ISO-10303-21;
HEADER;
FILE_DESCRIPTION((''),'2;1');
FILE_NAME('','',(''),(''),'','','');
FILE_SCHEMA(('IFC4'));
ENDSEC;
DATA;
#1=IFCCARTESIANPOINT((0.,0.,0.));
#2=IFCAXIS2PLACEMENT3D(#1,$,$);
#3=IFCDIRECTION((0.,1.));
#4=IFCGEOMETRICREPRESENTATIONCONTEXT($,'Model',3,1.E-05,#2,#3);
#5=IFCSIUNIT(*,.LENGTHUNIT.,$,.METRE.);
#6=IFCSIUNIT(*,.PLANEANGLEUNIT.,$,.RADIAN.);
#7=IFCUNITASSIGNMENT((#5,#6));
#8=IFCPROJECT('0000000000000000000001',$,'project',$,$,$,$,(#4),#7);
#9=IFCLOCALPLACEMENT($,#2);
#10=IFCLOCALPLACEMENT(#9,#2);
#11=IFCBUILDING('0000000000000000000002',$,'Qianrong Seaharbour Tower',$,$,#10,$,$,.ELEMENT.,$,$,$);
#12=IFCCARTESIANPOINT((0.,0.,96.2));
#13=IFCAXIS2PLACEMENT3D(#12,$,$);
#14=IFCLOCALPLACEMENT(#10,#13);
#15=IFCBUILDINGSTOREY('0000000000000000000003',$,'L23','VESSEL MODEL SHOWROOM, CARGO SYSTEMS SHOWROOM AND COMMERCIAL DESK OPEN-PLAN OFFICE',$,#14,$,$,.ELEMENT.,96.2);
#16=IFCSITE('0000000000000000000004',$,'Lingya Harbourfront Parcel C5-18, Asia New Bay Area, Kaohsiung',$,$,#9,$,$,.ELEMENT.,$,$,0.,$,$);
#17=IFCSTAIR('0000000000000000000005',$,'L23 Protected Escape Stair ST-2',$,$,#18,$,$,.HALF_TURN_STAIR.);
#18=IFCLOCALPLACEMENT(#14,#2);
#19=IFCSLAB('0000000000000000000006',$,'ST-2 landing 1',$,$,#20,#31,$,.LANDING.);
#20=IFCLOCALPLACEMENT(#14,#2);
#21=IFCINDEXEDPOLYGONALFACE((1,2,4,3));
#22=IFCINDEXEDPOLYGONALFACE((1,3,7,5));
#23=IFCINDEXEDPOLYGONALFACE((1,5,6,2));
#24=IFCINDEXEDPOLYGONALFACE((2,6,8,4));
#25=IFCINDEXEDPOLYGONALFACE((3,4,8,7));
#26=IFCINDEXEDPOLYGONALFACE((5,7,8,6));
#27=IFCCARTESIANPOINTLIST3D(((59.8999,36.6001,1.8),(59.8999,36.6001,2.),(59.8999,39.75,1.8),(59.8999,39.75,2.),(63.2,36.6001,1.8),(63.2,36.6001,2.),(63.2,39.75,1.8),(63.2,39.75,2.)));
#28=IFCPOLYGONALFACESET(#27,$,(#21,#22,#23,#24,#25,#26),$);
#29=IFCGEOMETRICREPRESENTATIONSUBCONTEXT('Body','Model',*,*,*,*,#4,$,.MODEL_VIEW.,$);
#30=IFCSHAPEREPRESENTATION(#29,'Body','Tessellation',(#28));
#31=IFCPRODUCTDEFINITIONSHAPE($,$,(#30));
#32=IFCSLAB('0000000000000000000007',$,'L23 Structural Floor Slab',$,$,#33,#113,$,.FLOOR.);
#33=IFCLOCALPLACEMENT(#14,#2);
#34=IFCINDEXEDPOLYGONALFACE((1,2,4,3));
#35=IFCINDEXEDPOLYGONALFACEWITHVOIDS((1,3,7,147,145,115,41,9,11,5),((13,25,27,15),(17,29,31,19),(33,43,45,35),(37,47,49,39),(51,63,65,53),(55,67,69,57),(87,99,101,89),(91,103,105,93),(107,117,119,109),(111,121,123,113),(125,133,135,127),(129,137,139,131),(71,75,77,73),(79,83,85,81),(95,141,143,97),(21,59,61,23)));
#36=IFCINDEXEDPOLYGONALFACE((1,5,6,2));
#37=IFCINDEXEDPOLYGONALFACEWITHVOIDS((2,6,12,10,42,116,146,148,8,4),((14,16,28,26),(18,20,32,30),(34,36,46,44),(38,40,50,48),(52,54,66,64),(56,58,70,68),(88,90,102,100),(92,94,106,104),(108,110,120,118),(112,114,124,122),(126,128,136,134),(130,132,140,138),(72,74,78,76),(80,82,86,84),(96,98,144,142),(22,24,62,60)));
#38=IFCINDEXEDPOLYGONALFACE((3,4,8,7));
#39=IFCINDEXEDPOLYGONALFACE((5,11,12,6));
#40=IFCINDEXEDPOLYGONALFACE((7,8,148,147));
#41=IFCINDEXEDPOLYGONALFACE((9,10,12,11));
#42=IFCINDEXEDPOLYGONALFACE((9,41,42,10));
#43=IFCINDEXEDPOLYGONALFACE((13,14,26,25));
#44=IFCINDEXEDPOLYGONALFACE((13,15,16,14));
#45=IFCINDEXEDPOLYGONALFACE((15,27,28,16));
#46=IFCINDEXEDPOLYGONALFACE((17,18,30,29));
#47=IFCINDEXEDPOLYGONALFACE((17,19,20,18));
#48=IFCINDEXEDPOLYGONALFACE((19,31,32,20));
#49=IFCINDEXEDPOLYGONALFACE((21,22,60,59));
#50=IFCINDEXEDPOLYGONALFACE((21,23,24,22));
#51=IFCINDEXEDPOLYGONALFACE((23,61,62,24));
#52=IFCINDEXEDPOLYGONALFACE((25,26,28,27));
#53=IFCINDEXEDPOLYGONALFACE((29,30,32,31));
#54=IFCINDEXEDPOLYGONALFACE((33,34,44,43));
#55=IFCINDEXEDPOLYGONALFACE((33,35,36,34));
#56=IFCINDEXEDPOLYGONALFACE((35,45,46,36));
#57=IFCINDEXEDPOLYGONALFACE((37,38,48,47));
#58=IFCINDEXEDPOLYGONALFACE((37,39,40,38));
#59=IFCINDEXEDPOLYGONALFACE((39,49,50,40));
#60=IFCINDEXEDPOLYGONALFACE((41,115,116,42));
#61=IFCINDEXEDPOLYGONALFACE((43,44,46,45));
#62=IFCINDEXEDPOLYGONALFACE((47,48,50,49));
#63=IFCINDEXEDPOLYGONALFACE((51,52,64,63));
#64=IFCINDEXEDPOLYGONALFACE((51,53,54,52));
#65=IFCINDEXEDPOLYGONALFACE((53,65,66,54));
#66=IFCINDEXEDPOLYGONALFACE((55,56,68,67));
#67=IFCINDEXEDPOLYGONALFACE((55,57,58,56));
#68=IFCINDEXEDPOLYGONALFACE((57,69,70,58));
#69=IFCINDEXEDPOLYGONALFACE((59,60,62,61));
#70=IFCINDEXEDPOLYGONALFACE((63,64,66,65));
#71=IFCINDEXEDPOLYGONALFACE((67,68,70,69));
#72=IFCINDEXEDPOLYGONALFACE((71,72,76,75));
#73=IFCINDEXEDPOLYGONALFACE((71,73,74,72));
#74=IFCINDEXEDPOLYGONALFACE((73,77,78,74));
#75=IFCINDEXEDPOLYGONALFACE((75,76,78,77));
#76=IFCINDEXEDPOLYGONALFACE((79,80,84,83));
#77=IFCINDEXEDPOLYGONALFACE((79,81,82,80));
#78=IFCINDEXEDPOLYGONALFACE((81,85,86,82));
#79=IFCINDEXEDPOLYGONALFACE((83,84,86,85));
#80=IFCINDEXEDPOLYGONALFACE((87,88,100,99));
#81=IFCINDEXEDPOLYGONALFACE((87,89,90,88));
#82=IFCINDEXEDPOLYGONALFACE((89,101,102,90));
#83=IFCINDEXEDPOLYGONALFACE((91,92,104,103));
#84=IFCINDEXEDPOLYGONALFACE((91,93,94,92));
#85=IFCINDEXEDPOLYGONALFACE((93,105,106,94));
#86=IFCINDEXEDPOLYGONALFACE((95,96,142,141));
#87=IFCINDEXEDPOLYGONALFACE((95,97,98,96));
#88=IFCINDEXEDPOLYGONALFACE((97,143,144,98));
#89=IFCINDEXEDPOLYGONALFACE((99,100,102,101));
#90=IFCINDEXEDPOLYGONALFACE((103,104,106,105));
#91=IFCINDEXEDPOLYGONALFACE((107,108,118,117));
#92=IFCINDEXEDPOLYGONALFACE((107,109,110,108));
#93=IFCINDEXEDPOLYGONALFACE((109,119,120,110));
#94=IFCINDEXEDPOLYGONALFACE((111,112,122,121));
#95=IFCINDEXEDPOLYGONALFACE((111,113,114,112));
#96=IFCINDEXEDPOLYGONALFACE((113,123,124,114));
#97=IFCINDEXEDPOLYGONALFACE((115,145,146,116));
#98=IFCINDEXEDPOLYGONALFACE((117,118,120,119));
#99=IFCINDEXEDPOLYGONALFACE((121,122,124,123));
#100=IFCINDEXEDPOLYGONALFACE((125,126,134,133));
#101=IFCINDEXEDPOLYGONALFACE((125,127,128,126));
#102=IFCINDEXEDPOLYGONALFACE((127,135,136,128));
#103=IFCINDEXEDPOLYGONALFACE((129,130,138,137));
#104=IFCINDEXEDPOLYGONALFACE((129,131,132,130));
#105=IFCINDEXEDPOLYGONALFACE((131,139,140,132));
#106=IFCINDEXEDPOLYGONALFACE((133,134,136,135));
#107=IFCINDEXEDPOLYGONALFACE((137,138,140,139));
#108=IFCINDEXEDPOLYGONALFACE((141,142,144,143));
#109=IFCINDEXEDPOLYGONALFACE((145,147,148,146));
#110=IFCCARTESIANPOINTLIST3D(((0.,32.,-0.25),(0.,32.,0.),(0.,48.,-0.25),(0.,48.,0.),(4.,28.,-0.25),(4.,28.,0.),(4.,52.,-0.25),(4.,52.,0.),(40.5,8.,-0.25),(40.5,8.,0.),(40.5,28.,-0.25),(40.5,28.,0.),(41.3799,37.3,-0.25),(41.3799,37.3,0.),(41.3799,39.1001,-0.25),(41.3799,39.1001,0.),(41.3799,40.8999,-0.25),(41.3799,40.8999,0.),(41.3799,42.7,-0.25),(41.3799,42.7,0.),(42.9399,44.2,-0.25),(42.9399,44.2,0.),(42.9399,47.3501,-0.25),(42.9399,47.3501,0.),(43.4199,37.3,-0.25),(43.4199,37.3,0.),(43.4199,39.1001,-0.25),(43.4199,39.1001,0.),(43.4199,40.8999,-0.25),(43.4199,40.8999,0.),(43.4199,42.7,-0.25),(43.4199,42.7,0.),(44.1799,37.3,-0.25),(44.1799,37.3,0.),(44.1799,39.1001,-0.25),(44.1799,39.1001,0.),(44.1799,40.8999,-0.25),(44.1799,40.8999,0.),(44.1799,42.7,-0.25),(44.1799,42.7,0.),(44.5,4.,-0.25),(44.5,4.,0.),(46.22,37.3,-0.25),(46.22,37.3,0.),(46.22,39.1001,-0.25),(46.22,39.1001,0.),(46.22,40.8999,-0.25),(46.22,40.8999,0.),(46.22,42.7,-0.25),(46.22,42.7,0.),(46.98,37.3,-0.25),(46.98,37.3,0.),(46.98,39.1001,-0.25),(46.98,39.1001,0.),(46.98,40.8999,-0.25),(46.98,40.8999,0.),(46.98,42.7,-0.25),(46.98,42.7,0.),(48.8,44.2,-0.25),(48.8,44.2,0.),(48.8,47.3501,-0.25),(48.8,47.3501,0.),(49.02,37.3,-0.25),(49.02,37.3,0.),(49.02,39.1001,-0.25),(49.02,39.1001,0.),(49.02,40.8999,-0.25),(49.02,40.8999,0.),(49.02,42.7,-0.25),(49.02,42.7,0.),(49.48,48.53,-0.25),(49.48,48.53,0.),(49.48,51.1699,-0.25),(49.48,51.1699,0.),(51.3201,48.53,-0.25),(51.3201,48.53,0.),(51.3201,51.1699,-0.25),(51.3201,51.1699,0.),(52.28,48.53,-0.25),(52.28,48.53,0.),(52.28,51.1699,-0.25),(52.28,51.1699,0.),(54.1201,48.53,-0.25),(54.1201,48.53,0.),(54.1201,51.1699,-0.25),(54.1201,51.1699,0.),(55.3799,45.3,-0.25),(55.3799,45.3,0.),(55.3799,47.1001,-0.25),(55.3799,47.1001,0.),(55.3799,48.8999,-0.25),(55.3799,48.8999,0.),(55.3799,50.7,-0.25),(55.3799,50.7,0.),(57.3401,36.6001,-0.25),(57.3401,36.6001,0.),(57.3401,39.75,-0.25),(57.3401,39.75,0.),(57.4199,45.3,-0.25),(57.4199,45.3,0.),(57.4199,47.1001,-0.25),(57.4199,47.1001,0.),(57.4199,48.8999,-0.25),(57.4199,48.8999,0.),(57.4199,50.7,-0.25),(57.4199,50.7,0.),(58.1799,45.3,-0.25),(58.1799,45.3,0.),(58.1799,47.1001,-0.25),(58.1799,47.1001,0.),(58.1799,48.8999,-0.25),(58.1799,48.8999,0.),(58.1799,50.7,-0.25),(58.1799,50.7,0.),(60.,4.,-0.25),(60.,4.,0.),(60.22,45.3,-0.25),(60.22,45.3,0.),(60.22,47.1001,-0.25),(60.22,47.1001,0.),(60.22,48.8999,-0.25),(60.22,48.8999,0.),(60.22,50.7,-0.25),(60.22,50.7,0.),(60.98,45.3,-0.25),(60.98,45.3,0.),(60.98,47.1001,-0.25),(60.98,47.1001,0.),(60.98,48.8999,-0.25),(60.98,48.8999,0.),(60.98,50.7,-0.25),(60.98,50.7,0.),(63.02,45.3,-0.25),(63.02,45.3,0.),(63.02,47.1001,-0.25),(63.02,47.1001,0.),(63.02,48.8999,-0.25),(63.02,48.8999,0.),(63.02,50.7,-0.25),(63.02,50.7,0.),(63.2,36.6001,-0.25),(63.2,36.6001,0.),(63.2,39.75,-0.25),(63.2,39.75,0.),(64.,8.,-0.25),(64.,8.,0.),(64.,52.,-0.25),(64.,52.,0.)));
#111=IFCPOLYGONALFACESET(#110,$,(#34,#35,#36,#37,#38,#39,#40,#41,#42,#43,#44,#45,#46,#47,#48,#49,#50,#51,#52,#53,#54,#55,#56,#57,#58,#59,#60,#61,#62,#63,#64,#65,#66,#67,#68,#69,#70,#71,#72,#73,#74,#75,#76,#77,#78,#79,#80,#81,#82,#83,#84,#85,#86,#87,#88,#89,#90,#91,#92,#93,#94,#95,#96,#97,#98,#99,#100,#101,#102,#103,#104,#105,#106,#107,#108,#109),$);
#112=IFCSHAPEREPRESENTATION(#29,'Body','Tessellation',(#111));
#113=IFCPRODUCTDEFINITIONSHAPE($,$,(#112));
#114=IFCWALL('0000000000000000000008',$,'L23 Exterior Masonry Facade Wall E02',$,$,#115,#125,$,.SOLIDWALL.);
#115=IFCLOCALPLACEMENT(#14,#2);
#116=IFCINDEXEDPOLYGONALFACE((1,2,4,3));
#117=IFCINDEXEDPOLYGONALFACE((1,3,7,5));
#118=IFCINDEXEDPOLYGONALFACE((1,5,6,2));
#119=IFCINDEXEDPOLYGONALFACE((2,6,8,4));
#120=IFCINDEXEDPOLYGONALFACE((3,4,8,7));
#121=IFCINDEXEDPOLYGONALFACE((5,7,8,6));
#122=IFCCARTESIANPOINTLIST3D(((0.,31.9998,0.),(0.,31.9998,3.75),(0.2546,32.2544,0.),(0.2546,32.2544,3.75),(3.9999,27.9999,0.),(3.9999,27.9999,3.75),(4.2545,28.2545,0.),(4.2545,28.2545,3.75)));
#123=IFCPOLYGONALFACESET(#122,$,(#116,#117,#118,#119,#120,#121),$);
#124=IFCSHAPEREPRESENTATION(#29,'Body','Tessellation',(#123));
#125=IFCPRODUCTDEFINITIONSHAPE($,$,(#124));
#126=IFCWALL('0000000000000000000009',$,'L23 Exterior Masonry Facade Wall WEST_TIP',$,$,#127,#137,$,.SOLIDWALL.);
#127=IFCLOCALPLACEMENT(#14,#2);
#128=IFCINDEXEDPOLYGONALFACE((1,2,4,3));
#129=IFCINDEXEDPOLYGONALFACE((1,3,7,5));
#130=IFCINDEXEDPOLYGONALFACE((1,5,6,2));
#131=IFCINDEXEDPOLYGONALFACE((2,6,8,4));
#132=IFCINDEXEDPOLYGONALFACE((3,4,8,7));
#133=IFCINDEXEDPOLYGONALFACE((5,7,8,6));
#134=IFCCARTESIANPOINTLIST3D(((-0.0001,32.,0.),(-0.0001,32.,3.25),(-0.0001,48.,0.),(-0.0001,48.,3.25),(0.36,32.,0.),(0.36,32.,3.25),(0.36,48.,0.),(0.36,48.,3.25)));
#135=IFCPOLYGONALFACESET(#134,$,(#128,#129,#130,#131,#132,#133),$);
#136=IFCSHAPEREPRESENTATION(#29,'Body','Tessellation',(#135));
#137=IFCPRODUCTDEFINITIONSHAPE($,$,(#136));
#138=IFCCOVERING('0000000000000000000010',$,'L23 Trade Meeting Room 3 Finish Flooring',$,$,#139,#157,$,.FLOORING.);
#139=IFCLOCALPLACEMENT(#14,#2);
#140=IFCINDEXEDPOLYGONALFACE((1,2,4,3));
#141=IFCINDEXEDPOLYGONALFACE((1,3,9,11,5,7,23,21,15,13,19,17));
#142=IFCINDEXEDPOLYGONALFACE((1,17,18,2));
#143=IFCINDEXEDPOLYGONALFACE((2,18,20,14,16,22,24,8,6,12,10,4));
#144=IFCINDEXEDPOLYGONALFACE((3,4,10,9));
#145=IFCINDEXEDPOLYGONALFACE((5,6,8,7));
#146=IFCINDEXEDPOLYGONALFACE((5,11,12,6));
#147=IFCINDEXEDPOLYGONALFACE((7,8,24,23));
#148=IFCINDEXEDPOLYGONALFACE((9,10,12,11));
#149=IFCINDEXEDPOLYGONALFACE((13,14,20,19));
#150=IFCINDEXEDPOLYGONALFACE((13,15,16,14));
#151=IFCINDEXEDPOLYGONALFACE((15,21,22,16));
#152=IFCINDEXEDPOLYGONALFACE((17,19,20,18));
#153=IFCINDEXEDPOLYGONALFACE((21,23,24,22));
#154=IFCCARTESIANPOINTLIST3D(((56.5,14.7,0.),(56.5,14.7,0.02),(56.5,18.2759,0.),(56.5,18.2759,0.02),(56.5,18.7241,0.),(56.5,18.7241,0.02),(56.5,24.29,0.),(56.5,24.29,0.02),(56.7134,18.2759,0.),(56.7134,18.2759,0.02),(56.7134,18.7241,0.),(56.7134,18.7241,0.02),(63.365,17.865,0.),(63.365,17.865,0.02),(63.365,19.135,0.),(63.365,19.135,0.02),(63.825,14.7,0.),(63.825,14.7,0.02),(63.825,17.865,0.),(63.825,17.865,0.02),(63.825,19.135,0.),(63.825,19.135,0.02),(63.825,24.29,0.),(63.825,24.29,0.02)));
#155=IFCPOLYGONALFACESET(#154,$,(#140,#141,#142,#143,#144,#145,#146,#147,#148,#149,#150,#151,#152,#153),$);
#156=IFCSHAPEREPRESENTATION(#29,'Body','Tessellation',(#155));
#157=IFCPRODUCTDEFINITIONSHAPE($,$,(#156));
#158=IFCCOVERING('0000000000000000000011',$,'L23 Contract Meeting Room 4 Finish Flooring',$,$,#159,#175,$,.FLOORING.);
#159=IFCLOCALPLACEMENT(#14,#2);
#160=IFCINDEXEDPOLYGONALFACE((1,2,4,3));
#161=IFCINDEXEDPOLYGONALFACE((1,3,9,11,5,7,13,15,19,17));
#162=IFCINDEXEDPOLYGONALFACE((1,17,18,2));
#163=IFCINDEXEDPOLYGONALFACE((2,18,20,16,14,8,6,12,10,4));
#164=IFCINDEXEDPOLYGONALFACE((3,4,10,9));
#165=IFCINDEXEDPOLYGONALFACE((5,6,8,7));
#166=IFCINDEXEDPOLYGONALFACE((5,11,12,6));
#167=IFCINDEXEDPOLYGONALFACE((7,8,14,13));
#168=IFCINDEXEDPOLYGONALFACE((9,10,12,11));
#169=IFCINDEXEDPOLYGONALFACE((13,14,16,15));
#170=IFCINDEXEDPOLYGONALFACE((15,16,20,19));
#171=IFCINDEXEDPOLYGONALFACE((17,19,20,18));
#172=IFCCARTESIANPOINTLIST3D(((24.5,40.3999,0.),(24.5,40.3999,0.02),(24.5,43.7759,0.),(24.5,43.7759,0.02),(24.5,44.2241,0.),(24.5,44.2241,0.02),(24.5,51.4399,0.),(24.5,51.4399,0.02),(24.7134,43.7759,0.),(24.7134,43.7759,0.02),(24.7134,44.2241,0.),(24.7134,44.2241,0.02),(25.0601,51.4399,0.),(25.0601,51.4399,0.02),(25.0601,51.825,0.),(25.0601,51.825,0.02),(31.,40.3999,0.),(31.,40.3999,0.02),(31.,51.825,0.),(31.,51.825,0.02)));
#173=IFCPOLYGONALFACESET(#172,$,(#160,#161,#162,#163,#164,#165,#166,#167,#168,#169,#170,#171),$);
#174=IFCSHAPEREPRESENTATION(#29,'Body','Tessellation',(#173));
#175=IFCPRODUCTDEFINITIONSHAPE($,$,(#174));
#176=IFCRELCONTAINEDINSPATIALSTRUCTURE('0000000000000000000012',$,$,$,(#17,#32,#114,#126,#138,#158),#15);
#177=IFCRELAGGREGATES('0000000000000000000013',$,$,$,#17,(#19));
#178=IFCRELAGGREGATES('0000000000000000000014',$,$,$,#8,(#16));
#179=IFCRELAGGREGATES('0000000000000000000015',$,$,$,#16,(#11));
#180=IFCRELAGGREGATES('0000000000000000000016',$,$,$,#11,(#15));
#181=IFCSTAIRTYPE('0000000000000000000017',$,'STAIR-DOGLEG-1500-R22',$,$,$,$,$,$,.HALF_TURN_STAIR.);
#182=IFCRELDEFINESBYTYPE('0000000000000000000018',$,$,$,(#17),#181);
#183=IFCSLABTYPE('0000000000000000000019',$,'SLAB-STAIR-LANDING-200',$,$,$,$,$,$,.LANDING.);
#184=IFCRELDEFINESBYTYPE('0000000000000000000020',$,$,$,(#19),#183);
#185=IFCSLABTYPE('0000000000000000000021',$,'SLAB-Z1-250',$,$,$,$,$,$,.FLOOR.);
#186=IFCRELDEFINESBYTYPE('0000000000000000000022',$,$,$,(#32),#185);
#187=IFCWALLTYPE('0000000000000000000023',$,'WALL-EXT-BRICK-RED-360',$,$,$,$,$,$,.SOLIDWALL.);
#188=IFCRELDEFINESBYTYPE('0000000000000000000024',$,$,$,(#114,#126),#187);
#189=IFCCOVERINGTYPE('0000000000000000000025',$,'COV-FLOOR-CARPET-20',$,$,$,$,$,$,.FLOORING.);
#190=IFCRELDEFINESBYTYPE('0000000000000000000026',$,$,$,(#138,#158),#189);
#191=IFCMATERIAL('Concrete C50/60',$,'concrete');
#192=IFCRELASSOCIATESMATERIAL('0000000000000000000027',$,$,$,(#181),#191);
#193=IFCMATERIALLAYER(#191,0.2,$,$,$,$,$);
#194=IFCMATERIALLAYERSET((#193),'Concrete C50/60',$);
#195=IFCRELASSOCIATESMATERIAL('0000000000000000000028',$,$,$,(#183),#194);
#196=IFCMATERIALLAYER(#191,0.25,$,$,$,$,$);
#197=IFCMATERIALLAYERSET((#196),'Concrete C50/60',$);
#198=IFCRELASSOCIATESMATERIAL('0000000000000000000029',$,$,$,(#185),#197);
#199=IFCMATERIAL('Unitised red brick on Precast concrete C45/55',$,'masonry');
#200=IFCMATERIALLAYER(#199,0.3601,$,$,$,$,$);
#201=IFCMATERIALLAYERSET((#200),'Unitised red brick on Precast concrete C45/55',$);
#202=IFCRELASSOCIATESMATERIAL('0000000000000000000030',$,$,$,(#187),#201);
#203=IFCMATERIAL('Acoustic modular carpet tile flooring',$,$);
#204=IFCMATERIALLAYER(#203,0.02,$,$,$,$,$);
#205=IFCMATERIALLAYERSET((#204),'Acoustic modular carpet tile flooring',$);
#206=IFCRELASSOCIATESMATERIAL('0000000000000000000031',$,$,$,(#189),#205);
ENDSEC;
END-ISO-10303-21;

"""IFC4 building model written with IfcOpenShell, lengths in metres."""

from ifc_helpers import new_model, si_unit, direction, frame, frame_2d, origin, place, context, subcontext, project, spatial, polyline, rectangle, outline, extrude, material, layer, layer_set, type_object, element, aggregate, save


model = new_model("IFC4")

# Units and contexts
model_context = context("Model", 3, precision=1e-05, world=origin(), true_north=direction((0.0, 1.0)))
body_context = subcontext(model_context, "Body", "Model", "MODEL_VIEW")
ifc_project = project(units=[si_unit("LENGTHUNIT", "METRE"), si_unit("PLANEANGLEUNIT", "RADIAN")], contexts=[model_context])

# Site, building, storey
site_placement = place(None, origin())
site = spatial("IfcSite", under=ifc_project, at=site_placement, Name="Lingya Harbourfront Parcel C5-18, Asia New Bay Area, Kaohsiung", CompositionType="ELEMENT", RefElevation=0.0)
building_placement = place(site_placement, origin())
building = spatial("IfcBuilding", under=site, at=building_placement, Name="Qianrong Seaharbour Tower", CompositionType="ELEMENT")
storey_placement = place(building_placement, frame((0.0, 0.0, 96.2)))
storey = spatial("IfcBuildingStorey", under=building, at=storey_placement, Name="L23", Description="VESSEL MODEL SHOWROOM, CARGO SYSTEMS SHOWROOM AND COMMERCIAL DESK OPEN-PLAN OFFICE", CompositionType="ELEMENT", Elevation=96.2)

# Stair, slab
ifc_material_1 = material(Name="Concrete C50/60", Category="concrete")
stair_type = type_object("IfcStairType", Name="STAIR-DOGLEG-1500-R22", PredefinedType="HALF_TURN_STAIR", material=ifc_material_1)
ifc_layer_1 = layer(ifc_material_1, 0.2)
ifc_layer_set_1 = layer_set([ifc_layer_1], Name="Concrete C50/60")
slab_type_1 = type_object("IfcSlabType", Name="SLAB-STAIR-LANDING-200", PredefinedType="LANDING", material=ifc_layer_set_1)
stair_1_placement = place(storey_placement, origin())
stair_1 = element("IfcStair", 1, at=stair_1_placement, inside=storey, type_object=stair_type, Name="L23 Protected Escape Stair ST-2", PredefinedType="HALF_TURN_STAIR")
slab_1_placement = place(storey_placement, frame((0.0, 0.0, 1.8)))
slab_1 = element("IfcSlab", 2, at=slab_1_placement, type_object=slab_type_1, Name="ST-2 landing 1", PredefinedType="LANDING", context=body_context, shape_type="SweptSolid", body=[
    extrude(outline(polyline([(59.8999, 36.6001), (63.2, 36.6001), (63.2, 39.75), (59.8999, 39.75), (59.8999, 36.6001)])), origin(), (0.0, 0.0, 1.0), 0.2),
])
aggregate(stair_1, [slab_1])

# Slab
ifc_layer_2 = layer(ifc_material_1, 0.25)
ifc_layer_set_2 = layer_set([ifc_layer_2], Name="Concrete C50/60")
slab_type_2 = type_object("IfcSlabType", Name="SLAB-Z1-250", PredefinedType="FLOOR", material=ifc_layer_set_2)
slab_2_placement = place(storey_placement, frame((0.0, 0.0, -0.25)))
element("IfcSlab", 3, at=slab_2_placement, inside=storey, type_object=slab_type_2, Name="L23 Structural Floor Slab", PredefinedType="FLOOR", context=body_context, shape_type="SweptSolid", body=[
    extrude(outline(polyline([(44.5, 4.0), (60.0, 4.0), (64.0, 8.0), (64.0, 52.0), (4.0, 52.0), (0.0, 48.0), (0.0, 32.0), (4.0, 28.0), (40.5, 28.0), (40.5, 8.0), (44.5, 4.0)]), holes=[polyline([(42.9399, 44.2), (42.9399, 47.3501), (48.8, 47.3501), (48.8, 44.2), (42.9399, 44.2)]), polyline([(57.3401, 36.6001), (57.3401, 39.75), (63.2, 39.75), (63.2, 36.6001), (57.3401, 36.6001)]), polyline([(49.48, 48.53), (49.48, 51.1699), (51.3201, 51.1699), (51.3201, 48.53), (49.48, 48.53)]), polyline([(52.28, 48.53), (52.28, 51.1699), (54.1201, 51.1699), (54.1201, 48.53), (52.28, 48.53)]), polyline([(41.3799, 37.3), (41.3799, 39.1001), (43.4199, 39.1001), (43.4199, 37.3), (41.3799, 37.3)]), polyline([(44.1799, 37.3), (44.1799, 39.1001), (46.22, 39.1001), (46.22, 37.3), (44.1799, 37.3)]), polyline([(46.98, 37.3), (46.98, 39.1001), (49.02, 39.1001), (49.02, 37.3), (46.98, 37.3)]), polyline([(41.3799, 40.8999), (41.3799, 42.7), (43.4199, 42.7), (43.4199, 40.8999), (41.3799, 40.8999)]), polyline([(44.1799, 40.8999), (44.1799, 42.7), (46.22, 42.7), (46.22, 40.8999), (44.1799, 40.8999)]), polyline([(46.98, 40.8999), (46.98, 42.7), (49.02, 42.7), (49.02, 40.8999), (46.98, 40.8999)]), polyline([(55.3799, 45.3), (55.3799, 47.1001), (57.4199, 47.1001), (57.4199, 45.3), (55.3799, 45.3)]), polyline([(58.1799, 45.3), (58.1799, 47.1001), (60.22, 47.1001), (60.22, 45.3), (58.1799, 45.3)]), polyline([(60.98, 45.3), (60.98, 47.1001), (63.02, 47.1001), (63.02, 45.3), (60.98, 45.3)]), polyline([(55.3799, 48.8999), (55.3799, 50.7), (57.4199, 50.7), (57.4199, 48.8999), (55.3799, 48.8999)]), polyline([(58.1799, 48.8999), (58.1799, 50.7), (60.22, 50.7), (60.22, 48.8999), (58.1799, 48.8999)]), polyline([(60.98, 48.8999), (60.98, 50.7), (63.02, 50.7), (63.02, 48.8999), (60.98, 48.8999)])]), origin(), (0.0, 0.0, 1.0), 0.25),
])

# Walls
ifc_material_2 = material(Name="Unitised red brick on Precast concrete C45/55", Category="masonry")
ifc_layer_3 = layer(ifc_material_2, 0.3601)
ifc_layer_set_3 = layer_set([ifc_layer_3], Name="Unitised red brick on Precast concrete C45/55")
wall_type = type_object("IfcWallType", Name="WALL-EXT-BRICK-RED-360", PredefinedType="SOLIDWALL", material=ifc_layer_set_3)
wall_1_placement = place(storey_placement, frame((4.1272, 28.1272, 0.0), z_axis=(0.0, 0.0, 1.0), x_axis=(-0.707107, 0.707107, 0.0)))
element("IfcWall", 4, at=wall_1_placement, inside=storey, type_object=wall_type, Name="L23 Exterior Masonry Facade Wall E02", PredefinedType="SOLIDWALL", context=body_context, shape_type="SweptSolid", body=[
    extrude(rectangle(XDim=5.6567, YDim=0.3601, at=frame_2d((2.8284, 0.0))), origin(), (0.0, 0.0, 1.0), 3.75),
])
wall_2_placement = place(storey_placement, frame((0.1799, 32.0, 0.0), z_axis=(0.0, 0.0, 1.0), x_axis=(0.0, 1.0, 0.0)))
element("IfcWall", 5, at=wall_2_placement, inside=storey, type_object=wall_type, Name="L23 Exterior Masonry Facade Wall WEST_TIP", PredefinedType="SOLIDWALL", context=body_context, shape_type="SweptSolid", body=[
    extrude(rectangle(XDim=16.0, YDim=0.3601, at=frame_2d((8.0, 0.0))), origin(), (0.0, 0.0, 1.0), 3.25),
])

# Coverings
ifc_material_3 = material(Name="Acoustic modular carpet tile flooring")
ifc_layer_4 = layer(ifc_material_3, 0.02)
ifc_layer_set_4 = layer_set([ifc_layer_4], Name="Acoustic modular carpet tile flooring")
covering_type_1 = type_object("IfcCoveringType", Name="COV-FLOOR-CARPET-20", PredefinedType="FLOORING", material=ifc_layer_set_4)
covering_1_placement = place(storey_placement, origin())
element("IfcCovering", 6, at=covering_1_placement, inside=storey, type_object=covering_type_1, Name="L23 Trade Meeting Room 3 Finish Flooring", PredefinedType="FLOORING", context=body_context, shape_type="SweptSolid", body=[
    extrude(outline(polyline([(63.825, 24.29), (63.825, 19.135), (63.365, 19.135), (63.365, 17.865), (63.825, 17.865), (63.825, 14.7), (56.5, 14.7), (56.5, 18.2759), (56.7134, 18.2759), (56.7134, 18.7241), (56.5, 18.7241), (56.5, 24.29), (63.825, 24.29)])), origin(), (0.0, 0.0, 1.0), 0.02),
])
covering_2_placement = place(storey_placement, origin())
element("IfcCovering", 7, at=covering_2_placement, inside=storey, type_object=covering_type_1, Name="L23 Contract Meeting Room 4 Finish Flooring", PredefinedType="FLOORING", context=body_context, shape_type="SweptSolid", body=[
    extrude(outline(polyline([(24.5, 43.7759), (24.7134, 43.7759), (24.7134, 44.2241), (24.5, 44.2241), (24.5, 51.4399), (25.0601, 51.4399), (25.0601, 51.825), (31.0, 51.825), (31.0, 40.3999), (24.5, 40.3999), (24.5, 43.7759)])), origin(), (0.0, 0.0, 1.0), 0.02),
])

save(model, "model.ifc")
